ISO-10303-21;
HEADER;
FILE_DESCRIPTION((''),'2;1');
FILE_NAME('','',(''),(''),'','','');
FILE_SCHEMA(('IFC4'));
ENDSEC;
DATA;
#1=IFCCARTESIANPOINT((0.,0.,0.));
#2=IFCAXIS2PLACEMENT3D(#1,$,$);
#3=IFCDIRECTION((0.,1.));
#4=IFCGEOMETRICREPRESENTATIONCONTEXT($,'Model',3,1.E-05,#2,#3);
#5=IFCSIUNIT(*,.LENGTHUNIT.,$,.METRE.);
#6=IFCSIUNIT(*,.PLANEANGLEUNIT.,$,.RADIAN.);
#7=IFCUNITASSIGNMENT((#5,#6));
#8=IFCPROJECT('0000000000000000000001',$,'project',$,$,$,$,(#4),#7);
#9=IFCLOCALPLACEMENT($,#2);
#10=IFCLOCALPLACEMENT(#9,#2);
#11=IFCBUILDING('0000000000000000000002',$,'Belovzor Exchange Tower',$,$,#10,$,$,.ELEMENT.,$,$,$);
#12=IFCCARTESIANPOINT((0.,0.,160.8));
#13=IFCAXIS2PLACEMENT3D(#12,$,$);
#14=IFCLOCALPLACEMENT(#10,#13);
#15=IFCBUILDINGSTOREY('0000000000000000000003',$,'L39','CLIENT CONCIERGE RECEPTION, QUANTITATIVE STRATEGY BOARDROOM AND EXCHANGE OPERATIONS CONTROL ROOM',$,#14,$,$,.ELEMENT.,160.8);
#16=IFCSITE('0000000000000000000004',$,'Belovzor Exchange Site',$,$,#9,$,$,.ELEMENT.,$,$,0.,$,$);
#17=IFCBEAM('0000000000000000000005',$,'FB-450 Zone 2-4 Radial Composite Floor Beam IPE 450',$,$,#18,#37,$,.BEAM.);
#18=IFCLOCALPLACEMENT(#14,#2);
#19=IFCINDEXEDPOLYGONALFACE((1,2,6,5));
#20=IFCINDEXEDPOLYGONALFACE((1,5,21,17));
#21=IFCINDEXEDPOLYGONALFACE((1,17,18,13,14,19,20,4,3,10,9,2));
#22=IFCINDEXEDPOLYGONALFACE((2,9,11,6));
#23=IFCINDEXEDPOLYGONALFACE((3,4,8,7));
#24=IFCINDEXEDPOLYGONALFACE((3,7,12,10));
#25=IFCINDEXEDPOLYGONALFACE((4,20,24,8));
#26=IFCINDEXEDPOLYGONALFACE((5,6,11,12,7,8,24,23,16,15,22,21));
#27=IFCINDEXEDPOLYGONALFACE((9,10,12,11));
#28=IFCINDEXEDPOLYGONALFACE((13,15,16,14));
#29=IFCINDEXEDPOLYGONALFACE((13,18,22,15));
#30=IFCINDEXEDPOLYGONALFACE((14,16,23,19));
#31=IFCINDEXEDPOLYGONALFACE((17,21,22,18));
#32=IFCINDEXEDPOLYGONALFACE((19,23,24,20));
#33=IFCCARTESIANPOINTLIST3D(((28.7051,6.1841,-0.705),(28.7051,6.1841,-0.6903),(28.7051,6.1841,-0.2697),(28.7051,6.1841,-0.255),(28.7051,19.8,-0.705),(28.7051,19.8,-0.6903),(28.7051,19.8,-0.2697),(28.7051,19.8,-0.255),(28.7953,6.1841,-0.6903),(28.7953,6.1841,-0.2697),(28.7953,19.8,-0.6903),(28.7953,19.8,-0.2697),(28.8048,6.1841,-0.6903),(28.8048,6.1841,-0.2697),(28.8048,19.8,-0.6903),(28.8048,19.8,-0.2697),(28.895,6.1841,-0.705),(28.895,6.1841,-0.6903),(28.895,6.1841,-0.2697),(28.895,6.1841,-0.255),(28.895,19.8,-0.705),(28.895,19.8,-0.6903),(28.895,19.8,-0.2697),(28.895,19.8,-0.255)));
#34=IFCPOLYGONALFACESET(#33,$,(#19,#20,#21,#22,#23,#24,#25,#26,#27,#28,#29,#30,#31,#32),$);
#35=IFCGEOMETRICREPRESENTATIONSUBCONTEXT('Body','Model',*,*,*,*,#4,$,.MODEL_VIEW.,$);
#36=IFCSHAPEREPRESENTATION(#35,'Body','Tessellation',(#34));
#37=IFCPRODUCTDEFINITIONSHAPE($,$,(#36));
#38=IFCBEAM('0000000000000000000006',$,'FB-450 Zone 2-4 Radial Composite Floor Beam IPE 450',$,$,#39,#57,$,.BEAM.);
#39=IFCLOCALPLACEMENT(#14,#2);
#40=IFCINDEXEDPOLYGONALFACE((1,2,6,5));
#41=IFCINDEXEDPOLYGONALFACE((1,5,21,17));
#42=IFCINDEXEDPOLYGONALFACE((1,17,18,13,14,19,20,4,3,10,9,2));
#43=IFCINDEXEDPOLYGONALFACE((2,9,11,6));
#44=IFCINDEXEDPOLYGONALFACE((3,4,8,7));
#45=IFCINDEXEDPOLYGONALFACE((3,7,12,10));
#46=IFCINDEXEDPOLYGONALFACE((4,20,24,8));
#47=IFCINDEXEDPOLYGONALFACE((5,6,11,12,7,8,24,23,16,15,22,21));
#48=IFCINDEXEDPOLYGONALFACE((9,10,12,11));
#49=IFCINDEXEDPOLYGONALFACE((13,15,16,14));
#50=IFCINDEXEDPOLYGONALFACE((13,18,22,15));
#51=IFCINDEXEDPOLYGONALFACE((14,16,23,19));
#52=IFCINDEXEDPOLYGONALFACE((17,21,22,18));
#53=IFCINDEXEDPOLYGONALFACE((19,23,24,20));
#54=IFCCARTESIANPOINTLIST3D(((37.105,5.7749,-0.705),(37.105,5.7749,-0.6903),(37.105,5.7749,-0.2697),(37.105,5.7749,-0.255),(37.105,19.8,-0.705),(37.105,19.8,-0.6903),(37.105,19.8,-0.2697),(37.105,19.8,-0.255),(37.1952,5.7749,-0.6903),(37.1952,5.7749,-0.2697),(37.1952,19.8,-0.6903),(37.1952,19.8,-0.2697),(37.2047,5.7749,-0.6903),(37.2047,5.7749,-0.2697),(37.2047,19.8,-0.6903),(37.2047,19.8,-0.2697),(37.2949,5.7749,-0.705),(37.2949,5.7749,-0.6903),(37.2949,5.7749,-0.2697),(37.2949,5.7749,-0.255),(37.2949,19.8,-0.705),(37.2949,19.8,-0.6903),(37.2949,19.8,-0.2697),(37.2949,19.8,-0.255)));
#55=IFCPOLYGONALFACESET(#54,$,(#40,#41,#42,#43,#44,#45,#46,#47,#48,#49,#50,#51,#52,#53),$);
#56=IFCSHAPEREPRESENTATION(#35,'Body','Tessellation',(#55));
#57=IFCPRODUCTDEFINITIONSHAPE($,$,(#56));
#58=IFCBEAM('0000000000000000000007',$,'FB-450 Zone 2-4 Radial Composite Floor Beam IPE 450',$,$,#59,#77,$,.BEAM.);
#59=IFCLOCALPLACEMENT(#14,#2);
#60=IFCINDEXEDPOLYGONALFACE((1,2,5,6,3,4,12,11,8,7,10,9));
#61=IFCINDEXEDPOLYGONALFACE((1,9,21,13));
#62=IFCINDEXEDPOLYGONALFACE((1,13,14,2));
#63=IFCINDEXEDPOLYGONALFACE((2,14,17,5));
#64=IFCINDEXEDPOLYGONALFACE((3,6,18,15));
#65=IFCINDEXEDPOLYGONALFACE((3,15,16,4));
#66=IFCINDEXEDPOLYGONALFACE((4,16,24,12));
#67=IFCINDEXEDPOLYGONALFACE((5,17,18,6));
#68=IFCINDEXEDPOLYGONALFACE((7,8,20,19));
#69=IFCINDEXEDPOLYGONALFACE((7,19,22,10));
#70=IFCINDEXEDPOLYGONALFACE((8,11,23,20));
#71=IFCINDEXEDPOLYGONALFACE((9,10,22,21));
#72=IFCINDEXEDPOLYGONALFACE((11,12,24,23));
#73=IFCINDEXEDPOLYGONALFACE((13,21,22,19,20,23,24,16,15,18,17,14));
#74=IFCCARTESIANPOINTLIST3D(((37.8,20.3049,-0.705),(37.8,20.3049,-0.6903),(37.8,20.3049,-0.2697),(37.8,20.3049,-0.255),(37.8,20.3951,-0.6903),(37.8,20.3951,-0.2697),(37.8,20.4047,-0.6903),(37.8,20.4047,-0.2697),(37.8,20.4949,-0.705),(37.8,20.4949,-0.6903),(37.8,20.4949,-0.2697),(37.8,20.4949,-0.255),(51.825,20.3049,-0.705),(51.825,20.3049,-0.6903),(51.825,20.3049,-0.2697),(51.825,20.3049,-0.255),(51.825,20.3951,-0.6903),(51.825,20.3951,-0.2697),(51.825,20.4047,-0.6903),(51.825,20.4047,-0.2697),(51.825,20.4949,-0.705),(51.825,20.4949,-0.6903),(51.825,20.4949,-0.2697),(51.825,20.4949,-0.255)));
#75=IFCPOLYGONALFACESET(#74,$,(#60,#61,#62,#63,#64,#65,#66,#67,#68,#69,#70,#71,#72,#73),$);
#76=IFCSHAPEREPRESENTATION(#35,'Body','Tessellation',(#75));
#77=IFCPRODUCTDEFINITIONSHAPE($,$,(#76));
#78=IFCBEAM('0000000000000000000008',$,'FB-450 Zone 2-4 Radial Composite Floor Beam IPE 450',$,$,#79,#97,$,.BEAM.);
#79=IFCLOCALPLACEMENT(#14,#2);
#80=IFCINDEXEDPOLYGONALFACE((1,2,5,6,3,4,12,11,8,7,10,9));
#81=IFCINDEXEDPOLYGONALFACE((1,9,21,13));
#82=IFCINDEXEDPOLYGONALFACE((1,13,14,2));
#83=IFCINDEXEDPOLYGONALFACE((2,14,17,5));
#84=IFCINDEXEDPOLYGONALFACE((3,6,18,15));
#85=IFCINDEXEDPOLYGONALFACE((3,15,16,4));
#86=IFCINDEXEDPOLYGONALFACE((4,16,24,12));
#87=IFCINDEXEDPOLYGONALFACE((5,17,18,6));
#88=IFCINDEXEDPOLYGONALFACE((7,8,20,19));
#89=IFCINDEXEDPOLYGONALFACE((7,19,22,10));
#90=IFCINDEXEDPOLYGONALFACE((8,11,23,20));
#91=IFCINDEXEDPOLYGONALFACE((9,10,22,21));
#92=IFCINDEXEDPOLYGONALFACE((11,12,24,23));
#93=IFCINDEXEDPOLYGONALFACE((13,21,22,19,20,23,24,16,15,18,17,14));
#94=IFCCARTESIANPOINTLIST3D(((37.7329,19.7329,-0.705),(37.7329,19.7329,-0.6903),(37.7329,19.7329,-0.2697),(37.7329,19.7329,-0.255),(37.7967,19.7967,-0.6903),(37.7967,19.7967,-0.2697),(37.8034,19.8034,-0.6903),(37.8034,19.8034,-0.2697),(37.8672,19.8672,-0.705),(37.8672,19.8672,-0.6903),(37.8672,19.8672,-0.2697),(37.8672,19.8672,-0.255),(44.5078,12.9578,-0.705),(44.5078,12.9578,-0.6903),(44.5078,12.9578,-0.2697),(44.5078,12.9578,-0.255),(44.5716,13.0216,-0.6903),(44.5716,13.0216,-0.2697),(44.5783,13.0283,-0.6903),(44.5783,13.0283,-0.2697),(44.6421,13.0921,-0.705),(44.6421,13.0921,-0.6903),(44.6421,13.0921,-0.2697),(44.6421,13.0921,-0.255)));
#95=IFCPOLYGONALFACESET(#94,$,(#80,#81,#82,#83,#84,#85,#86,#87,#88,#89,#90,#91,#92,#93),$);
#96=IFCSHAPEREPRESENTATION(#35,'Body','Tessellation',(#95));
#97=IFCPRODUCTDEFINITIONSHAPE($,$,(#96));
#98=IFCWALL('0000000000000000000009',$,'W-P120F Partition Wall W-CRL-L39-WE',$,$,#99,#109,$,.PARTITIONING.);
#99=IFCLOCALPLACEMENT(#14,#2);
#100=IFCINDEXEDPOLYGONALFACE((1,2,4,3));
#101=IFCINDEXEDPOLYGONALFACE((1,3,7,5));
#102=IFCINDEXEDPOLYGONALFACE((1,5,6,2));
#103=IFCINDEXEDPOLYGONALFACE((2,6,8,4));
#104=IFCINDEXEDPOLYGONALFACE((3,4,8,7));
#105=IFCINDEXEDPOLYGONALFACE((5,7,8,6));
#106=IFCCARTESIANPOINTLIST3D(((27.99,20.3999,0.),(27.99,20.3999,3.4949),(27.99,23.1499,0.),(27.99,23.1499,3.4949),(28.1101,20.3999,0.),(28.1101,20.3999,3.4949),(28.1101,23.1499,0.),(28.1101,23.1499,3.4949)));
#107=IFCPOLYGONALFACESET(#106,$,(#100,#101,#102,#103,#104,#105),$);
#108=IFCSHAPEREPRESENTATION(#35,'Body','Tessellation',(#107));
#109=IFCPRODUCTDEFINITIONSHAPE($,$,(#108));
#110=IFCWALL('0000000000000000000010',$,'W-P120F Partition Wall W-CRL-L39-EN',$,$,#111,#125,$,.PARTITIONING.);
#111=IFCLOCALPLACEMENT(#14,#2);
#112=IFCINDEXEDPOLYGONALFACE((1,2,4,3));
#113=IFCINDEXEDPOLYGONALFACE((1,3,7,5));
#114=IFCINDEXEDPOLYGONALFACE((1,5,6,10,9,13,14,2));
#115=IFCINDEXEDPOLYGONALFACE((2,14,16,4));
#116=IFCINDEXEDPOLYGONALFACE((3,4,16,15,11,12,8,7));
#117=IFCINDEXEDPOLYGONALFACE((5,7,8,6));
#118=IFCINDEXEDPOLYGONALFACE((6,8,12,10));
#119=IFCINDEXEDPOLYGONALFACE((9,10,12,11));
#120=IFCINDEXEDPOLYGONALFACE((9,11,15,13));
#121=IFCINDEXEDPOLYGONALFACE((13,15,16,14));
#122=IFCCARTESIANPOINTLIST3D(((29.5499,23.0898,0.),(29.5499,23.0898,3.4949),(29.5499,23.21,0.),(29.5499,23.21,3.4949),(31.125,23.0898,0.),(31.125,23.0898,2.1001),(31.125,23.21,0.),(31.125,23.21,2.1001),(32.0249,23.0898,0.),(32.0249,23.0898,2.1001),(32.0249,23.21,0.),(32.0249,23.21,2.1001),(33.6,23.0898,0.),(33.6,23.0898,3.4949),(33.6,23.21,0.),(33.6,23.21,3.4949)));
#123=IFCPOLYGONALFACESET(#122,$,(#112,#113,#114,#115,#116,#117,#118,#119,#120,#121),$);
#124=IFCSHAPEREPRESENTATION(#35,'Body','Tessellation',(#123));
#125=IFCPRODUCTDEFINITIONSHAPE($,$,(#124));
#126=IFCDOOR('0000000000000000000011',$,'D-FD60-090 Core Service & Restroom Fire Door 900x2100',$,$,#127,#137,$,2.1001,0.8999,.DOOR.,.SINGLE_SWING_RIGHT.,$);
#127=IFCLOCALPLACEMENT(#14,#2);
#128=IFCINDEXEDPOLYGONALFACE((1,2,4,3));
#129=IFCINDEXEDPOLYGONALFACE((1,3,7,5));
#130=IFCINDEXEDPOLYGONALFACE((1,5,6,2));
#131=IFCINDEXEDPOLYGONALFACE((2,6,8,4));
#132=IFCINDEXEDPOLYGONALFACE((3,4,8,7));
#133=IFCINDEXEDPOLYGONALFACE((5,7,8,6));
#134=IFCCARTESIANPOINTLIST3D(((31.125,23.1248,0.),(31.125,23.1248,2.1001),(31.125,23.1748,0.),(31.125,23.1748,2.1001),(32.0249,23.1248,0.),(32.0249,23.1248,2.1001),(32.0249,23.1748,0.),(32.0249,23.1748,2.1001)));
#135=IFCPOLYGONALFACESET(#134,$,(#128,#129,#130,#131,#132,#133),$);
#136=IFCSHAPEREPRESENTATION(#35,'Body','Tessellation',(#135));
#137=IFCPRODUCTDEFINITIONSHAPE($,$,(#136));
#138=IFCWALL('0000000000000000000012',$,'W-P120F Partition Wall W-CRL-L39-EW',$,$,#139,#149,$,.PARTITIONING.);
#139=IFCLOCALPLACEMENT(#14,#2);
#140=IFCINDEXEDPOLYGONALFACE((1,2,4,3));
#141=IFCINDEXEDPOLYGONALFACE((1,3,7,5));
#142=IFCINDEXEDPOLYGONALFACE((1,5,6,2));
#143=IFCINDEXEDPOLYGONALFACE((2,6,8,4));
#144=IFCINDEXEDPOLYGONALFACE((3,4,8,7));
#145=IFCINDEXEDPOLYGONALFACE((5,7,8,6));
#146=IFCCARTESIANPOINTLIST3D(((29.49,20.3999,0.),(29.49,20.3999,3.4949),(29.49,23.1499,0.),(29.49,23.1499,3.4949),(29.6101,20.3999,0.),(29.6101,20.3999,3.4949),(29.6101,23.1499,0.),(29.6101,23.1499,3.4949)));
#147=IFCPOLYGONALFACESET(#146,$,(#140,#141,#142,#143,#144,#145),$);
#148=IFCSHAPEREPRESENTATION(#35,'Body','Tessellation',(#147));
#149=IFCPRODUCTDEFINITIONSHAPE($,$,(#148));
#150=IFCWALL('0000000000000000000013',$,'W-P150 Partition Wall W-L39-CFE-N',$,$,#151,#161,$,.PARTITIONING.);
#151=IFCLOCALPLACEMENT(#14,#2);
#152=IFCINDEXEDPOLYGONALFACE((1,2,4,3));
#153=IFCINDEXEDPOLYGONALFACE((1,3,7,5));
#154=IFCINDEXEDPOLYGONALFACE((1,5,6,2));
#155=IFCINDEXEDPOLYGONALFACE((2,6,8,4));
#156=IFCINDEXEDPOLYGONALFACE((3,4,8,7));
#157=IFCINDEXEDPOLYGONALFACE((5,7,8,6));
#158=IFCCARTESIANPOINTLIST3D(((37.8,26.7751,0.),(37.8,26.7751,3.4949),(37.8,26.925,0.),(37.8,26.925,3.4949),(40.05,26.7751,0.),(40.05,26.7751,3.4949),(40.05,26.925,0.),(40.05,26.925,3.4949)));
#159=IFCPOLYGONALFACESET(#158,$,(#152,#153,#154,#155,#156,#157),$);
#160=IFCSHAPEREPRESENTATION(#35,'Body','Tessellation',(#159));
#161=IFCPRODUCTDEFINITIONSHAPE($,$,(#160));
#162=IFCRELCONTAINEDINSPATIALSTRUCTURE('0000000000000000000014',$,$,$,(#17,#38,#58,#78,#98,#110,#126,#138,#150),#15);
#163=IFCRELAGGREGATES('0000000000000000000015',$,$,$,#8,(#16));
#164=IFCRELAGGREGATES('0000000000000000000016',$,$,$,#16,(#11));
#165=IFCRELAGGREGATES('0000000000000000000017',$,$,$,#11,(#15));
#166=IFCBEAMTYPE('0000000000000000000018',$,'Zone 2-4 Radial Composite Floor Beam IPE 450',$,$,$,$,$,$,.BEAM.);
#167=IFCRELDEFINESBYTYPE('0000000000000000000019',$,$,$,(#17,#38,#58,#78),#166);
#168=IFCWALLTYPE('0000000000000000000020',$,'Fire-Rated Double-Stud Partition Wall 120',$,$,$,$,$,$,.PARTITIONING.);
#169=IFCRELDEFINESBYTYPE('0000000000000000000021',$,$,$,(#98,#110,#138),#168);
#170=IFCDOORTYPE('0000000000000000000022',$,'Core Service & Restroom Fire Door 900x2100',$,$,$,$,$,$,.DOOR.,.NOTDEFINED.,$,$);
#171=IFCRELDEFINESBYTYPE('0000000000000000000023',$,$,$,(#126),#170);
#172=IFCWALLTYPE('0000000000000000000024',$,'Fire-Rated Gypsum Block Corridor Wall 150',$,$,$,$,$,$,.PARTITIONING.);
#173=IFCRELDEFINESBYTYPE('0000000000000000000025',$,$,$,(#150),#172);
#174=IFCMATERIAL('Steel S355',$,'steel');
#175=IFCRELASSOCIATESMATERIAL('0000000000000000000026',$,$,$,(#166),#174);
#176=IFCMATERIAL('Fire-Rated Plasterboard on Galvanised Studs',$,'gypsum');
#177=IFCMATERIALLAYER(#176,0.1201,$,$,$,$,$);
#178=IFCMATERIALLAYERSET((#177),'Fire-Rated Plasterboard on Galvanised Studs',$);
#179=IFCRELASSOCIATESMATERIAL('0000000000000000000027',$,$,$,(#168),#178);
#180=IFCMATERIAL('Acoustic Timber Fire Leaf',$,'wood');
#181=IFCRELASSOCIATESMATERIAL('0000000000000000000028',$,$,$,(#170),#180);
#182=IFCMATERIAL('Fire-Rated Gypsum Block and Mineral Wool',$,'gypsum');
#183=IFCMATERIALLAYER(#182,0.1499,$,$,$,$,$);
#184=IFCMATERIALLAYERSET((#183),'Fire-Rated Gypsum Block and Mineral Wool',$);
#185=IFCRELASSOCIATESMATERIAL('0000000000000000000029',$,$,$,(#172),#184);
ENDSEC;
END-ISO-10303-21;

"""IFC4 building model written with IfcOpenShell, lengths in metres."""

from ifc_helpers import new_model, si_unit, direction, frame, frame_2d, origin, origin_2d, place, context, subcontext, project, spatial, rectangle, i_section, extrude, material, layer, layer_set, material_profile, profile_set, type_object, element, fill, save


model = new_model("IFC4")

# Units and contexts
model_context = context("Model", 3, precision=1e-05, world=origin(), true_north=direction((0.0, 1.0)))
body_context = subcontext(model_context, "Body", "Model", "MODEL_VIEW")
ifc_project = project(units=[si_unit("LENGTHUNIT", "METRE"), si_unit("PLANEANGLEUNIT", "RADIAN")], contexts=[model_context])

# Site, building, storey
site_placement = place(None, origin())
site = spatial("IfcSite", under=ifc_project, at=site_placement, Name="Belovzor Exchange Site", CompositionType="ELEMENT", RefElevation=0.0)
building_placement = place(site_placement, origin())
building = spatial("IfcBuilding", under=site, at=building_placement, Name="Belovzor Exchange Tower", CompositionType="ELEMENT")
storey_placement = place(building_placement, frame((0.0, 0.0, 160.8)))
storey = spatial("IfcBuildingStorey", under=building, at=storey_placement, Name="L39", Description="CLIENT CONCIERGE RECEPTION, QUANTITATIVE STRATEGY BOARDROOM AND EXCHANGE OPERATIONS CONTROL ROOM", CompositionType="ELEMENT", Elevation=160.8)

# Beams
ifc_material_1 = material(Name="Steel S355", Category="steel")
ifc_material_profile = material_profile(ifc_material_1, i_section(OverallWidth=0.1899, OverallDepth=0.45, WebThickness=0.0095, FlangeThickness=0.0146, at=origin_2d()))
ifc_profile_set = profile_set([ifc_material_profile], Name="Steel S355")
beam_type = type_object("IfcBeamType", Name="Zone 2-4 Radial Composite Floor Beam IPE 450", PredefinedType="BEAM", material=ifc_profile_set)
beam_1_placement = place(storey_placement, frame((28.8, 19.8, -0.48), z_axis=(0.0, -1.0, 0.0), x_axis=(1.0, 0.0, 0.0)))
element("IfcBeam", 1, at=beam_1_placement, inside=storey, type_object=beam_type, Name="FB-450 Zone 2-4 Radial Composite Floor Beam IPE 450", PredefinedType="BEAM", context=body_context, shape_type="SweptSolid", body=[
    extrude(i_section(OverallWidth=0.1899, OverallDepth=0.45, WebThickness=0.0095, FlangeThickness=0.0146, at=origin_2d()), origin(), (0.0, 0.0, 1.0), 13.616),
])
beam_2_placement = place(storey_placement, frame((37.2, 19.8, -0.48), z_axis=(0.0, -1.0, 0.0), x_axis=(1.0, 0.0, 0.0)))
element("IfcBeam", 2, at=beam_2_placement, inside=storey, type_object=beam_type, Name="FB-450 Zone 2-4 Radial Composite Floor Beam IPE 450", PredefinedType="BEAM", context=body_context, shape_type="SweptSolid", body=[
    extrude(i_section(OverallWidth=0.1899, OverallDepth=0.45, WebThickness=0.0095, FlangeThickness=0.0146, at=origin_2d()), origin(), (0.0, 0.0, 1.0), 14.0251),
])
beam_3_placement = place(storey_placement, frame((37.8, 20.3999, -0.48), z_axis=(1.0, 0.0, 0.0), x_axis=(0.0, 1.0, 0.0)))
element("IfcBeam", 3, at=beam_3_placement, inside=storey, type_object=beam_type, Name="FB-450 Zone 2-4 Radial Composite Floor Beam IPE 450", PredefinedType="BEAM", context=body_context, shape_type="SweptSolid", body=[
    extrude(i_section(OverallWidth=0.1899, OverallDepth=0.45, WebThickness=0.0095, FlangeThickness=0.0146, at=origin_2d()), origin(), (0.0, 0.0, 1.0), 14.0249),
])
beam_4_placement = place(storey_placement, frame((37.8, 19.8, -0.48), z_axis=(0.707094, -0.70712, 0.0), x_axis=(0.70712, 0.707094, 0.0)))
element("IfcBeam", 4, at=beam_4_placement, inside=storey, type_object=beam_type, Name="FB-450 Zone 2-4 Radial Composite Floor Beam IPE 450", PredefinedType="BEAM", context=body_context, shape_type="SweptSolid", body=[
    extrude(i_section(OverallWidth=0.1899, OverallDepth=0.45, WebThickness=0.0095, FlangeThickness=0.0146, at=origin_2d()), origin(), (0.0, 0.0, 1.0), 9.5813),
])

# Wall
ifc_material_2 = material(Name="Fire-Rated Plasterboard on Galvanised Studs", Category="gypsum")
ifc_layer_1 = layer(ifc_material_2, 0.1201)
ifc_layer_set_1 = layer_set([ifc_layer_1], Name="Fire-Rated Plasterboard on Galvanised Studs")
wall_type_1 = type_object("IfcWallType", Name="Fire-Rated Double-Stud Partition Wall 120", PredefinedType="PARTITIONING", material=ifc_layer_set_1)
wall_1_placement = place(storey_placement, frame((28.05, 20.3999, 0.0), z_axis=(0.0, 0.0, 1.0), x_axis=(0.0, 1.0, 0.0)))
element("IfcWall", 5, at=wall_1_placement, inside=storey, type_object=wall_type_1, Name="W-P120F Partition Wall W-CRL-L39-WE", PredefinedType="PARTITIONING", context=body_context, shape_type="SweptSolid", body=[
    extrude(rectangle(XDim=2.75, YDim=0.1201, at=frame_2d((1.375, 0.0))), origin(), (0.0, 0.0, 1.0), 3.4949),
])

# Wall, opening, door
wall_2_placement = place(storey_placement, frame((29.55, 23.1499, 0.0), z_axis=(0.0, 0.0, 1.0), x_axis=(1.0, 0.0, 0.0)))
wall_2 = element("IfcWall", 6, at=wall_2_placement, inside=storey, type_object=wall_type_1, Name="W-P120F Partition Wall W-CRL-L39-EN", PredefinedType="PARTITIONING", context=body_context, shape_type="SweptSolid", body=[
    extrude(rectangle(XDim=4.05, YDim=0.1201, at=frame_2d((2.0249, 0.0))), origin(), (0.0, 0.0, 1.0), 3.4949),
])
opening_1_placement = place(wall_2_placement, frame((1.575, 0.0, 0.0)))
opening_1 = element("IfcOpeningElement", 7, at=opening_1_placement, cuts=wall_2, PredefinedType="OPENING", context=body_context, shape_type="SweptSolid", body=[
    extrude(rectangle(XDim=0.8999, YDim=2.1001, at=frame_2d((0.45, 1.05))), frame((0.0, 0.0701, 0.0), z_axis=(0.0, -1.0, 0.0), x_axis=(1.0, 0.0, 0.0)), (0.0, 0.0, 1.0), 0.1401),
])
ifc_material_3 = material(Name="Acoustic Timber Fire Leaf", Category="wood")
door_type_1 = type_object("IfcDoorType", Name="Core Service & Restroom Fire Door 900x2100", OperationType="NOTDEFINED", PredefinedType="DOOR", material=ifc_material_3)
door_1_placement = place(opening_1_placement, origin())
door_1 = element("IfcDoor", 8, at=door_1_placement, inside=storey, type_object=door_type_1, Name="D-FD60-090 Core Service & Restroom Fire Door 900x2100", OperationType="SINGLE_SWING_RIGHT", OverallHeight=2.1001, OverallWidth=0.8999, PredefinedType="DOOR", context=body_context, shape_type="SweptSolid", body=[
    extrude(rectangle(XDim=0.8999, YDim=2.1001, at=frame_2d((0.45, 1.05))), frame((0.0, 0.0249, 0.0), z_axis=(0.0, -1.0, 0.0), x_axis=(1.0, 0.0, 0.0)), (0.0, 0.0, 1.0), 0.05),
])
fill(opening_1, door_1)

# Walls
wall_3_placement = place(storey_placement, frame((29.55, 20.3999, 0.0), z_axis=(0.0, 0.0, 1.0), x_axis=(0.0, 1.0, 0.0)))
element("IfcWall", 9, at=wall_3_placement, inside=storey, type_object=wall_type_1, Name="W-P120F Partition Wall W-CRL-L39-EW", PredefinedType="PARTITIONING", context=body_context, shape_type="SweptSolid", body=[
    extrude(rectangle(XDim=2.75, YDim=0.1201, at=frame_2d((1.375, 0.0))), origin(), (0.0, 0.0, 1.0), 3.4949),
])
ifc_material_4 = material(Name="Fire-Rated Gypsum Block and Mineral Wool", Category="gypsum")
ifc_layer_2 = layer(ifc_material_4, 0.1499)
ifc_layer_set_2 = layer_set([ifc_layer_2], Name="Fire-Rated Gypsum Block and Mineral Wool")
wall_type_2 = type_object("IfcWallType", Name="Fire-Rated Gypsum Block Corridor Wall 150", PredefinedType="PARTITIONING", material=ifc_layer_set_2)
wall_4_placement = place(storey_placement, frame((37.8, 26.8501, 0.0), z_axis=(0.0, 0.0, 1.0), x_axis=(1.0, 0.0, 0.0)))
element("IfcWall", 10, at=wall_4_placement, inside=storey, type_object=wall_type_2, Name="W-P150 Partition Wall W-L39-CFE-N", PredefinedType="PARTITIONING", context=body_context, shape_type="SweptSolid", body=[
    extrude(rectangle(XDim=2.25, YDim=0.1499, at=frame_2d((1.125, 0.0))), origin(), (0.0, 0.0, 1.0), 3.4949),
])

save(model, "model.ifc")
